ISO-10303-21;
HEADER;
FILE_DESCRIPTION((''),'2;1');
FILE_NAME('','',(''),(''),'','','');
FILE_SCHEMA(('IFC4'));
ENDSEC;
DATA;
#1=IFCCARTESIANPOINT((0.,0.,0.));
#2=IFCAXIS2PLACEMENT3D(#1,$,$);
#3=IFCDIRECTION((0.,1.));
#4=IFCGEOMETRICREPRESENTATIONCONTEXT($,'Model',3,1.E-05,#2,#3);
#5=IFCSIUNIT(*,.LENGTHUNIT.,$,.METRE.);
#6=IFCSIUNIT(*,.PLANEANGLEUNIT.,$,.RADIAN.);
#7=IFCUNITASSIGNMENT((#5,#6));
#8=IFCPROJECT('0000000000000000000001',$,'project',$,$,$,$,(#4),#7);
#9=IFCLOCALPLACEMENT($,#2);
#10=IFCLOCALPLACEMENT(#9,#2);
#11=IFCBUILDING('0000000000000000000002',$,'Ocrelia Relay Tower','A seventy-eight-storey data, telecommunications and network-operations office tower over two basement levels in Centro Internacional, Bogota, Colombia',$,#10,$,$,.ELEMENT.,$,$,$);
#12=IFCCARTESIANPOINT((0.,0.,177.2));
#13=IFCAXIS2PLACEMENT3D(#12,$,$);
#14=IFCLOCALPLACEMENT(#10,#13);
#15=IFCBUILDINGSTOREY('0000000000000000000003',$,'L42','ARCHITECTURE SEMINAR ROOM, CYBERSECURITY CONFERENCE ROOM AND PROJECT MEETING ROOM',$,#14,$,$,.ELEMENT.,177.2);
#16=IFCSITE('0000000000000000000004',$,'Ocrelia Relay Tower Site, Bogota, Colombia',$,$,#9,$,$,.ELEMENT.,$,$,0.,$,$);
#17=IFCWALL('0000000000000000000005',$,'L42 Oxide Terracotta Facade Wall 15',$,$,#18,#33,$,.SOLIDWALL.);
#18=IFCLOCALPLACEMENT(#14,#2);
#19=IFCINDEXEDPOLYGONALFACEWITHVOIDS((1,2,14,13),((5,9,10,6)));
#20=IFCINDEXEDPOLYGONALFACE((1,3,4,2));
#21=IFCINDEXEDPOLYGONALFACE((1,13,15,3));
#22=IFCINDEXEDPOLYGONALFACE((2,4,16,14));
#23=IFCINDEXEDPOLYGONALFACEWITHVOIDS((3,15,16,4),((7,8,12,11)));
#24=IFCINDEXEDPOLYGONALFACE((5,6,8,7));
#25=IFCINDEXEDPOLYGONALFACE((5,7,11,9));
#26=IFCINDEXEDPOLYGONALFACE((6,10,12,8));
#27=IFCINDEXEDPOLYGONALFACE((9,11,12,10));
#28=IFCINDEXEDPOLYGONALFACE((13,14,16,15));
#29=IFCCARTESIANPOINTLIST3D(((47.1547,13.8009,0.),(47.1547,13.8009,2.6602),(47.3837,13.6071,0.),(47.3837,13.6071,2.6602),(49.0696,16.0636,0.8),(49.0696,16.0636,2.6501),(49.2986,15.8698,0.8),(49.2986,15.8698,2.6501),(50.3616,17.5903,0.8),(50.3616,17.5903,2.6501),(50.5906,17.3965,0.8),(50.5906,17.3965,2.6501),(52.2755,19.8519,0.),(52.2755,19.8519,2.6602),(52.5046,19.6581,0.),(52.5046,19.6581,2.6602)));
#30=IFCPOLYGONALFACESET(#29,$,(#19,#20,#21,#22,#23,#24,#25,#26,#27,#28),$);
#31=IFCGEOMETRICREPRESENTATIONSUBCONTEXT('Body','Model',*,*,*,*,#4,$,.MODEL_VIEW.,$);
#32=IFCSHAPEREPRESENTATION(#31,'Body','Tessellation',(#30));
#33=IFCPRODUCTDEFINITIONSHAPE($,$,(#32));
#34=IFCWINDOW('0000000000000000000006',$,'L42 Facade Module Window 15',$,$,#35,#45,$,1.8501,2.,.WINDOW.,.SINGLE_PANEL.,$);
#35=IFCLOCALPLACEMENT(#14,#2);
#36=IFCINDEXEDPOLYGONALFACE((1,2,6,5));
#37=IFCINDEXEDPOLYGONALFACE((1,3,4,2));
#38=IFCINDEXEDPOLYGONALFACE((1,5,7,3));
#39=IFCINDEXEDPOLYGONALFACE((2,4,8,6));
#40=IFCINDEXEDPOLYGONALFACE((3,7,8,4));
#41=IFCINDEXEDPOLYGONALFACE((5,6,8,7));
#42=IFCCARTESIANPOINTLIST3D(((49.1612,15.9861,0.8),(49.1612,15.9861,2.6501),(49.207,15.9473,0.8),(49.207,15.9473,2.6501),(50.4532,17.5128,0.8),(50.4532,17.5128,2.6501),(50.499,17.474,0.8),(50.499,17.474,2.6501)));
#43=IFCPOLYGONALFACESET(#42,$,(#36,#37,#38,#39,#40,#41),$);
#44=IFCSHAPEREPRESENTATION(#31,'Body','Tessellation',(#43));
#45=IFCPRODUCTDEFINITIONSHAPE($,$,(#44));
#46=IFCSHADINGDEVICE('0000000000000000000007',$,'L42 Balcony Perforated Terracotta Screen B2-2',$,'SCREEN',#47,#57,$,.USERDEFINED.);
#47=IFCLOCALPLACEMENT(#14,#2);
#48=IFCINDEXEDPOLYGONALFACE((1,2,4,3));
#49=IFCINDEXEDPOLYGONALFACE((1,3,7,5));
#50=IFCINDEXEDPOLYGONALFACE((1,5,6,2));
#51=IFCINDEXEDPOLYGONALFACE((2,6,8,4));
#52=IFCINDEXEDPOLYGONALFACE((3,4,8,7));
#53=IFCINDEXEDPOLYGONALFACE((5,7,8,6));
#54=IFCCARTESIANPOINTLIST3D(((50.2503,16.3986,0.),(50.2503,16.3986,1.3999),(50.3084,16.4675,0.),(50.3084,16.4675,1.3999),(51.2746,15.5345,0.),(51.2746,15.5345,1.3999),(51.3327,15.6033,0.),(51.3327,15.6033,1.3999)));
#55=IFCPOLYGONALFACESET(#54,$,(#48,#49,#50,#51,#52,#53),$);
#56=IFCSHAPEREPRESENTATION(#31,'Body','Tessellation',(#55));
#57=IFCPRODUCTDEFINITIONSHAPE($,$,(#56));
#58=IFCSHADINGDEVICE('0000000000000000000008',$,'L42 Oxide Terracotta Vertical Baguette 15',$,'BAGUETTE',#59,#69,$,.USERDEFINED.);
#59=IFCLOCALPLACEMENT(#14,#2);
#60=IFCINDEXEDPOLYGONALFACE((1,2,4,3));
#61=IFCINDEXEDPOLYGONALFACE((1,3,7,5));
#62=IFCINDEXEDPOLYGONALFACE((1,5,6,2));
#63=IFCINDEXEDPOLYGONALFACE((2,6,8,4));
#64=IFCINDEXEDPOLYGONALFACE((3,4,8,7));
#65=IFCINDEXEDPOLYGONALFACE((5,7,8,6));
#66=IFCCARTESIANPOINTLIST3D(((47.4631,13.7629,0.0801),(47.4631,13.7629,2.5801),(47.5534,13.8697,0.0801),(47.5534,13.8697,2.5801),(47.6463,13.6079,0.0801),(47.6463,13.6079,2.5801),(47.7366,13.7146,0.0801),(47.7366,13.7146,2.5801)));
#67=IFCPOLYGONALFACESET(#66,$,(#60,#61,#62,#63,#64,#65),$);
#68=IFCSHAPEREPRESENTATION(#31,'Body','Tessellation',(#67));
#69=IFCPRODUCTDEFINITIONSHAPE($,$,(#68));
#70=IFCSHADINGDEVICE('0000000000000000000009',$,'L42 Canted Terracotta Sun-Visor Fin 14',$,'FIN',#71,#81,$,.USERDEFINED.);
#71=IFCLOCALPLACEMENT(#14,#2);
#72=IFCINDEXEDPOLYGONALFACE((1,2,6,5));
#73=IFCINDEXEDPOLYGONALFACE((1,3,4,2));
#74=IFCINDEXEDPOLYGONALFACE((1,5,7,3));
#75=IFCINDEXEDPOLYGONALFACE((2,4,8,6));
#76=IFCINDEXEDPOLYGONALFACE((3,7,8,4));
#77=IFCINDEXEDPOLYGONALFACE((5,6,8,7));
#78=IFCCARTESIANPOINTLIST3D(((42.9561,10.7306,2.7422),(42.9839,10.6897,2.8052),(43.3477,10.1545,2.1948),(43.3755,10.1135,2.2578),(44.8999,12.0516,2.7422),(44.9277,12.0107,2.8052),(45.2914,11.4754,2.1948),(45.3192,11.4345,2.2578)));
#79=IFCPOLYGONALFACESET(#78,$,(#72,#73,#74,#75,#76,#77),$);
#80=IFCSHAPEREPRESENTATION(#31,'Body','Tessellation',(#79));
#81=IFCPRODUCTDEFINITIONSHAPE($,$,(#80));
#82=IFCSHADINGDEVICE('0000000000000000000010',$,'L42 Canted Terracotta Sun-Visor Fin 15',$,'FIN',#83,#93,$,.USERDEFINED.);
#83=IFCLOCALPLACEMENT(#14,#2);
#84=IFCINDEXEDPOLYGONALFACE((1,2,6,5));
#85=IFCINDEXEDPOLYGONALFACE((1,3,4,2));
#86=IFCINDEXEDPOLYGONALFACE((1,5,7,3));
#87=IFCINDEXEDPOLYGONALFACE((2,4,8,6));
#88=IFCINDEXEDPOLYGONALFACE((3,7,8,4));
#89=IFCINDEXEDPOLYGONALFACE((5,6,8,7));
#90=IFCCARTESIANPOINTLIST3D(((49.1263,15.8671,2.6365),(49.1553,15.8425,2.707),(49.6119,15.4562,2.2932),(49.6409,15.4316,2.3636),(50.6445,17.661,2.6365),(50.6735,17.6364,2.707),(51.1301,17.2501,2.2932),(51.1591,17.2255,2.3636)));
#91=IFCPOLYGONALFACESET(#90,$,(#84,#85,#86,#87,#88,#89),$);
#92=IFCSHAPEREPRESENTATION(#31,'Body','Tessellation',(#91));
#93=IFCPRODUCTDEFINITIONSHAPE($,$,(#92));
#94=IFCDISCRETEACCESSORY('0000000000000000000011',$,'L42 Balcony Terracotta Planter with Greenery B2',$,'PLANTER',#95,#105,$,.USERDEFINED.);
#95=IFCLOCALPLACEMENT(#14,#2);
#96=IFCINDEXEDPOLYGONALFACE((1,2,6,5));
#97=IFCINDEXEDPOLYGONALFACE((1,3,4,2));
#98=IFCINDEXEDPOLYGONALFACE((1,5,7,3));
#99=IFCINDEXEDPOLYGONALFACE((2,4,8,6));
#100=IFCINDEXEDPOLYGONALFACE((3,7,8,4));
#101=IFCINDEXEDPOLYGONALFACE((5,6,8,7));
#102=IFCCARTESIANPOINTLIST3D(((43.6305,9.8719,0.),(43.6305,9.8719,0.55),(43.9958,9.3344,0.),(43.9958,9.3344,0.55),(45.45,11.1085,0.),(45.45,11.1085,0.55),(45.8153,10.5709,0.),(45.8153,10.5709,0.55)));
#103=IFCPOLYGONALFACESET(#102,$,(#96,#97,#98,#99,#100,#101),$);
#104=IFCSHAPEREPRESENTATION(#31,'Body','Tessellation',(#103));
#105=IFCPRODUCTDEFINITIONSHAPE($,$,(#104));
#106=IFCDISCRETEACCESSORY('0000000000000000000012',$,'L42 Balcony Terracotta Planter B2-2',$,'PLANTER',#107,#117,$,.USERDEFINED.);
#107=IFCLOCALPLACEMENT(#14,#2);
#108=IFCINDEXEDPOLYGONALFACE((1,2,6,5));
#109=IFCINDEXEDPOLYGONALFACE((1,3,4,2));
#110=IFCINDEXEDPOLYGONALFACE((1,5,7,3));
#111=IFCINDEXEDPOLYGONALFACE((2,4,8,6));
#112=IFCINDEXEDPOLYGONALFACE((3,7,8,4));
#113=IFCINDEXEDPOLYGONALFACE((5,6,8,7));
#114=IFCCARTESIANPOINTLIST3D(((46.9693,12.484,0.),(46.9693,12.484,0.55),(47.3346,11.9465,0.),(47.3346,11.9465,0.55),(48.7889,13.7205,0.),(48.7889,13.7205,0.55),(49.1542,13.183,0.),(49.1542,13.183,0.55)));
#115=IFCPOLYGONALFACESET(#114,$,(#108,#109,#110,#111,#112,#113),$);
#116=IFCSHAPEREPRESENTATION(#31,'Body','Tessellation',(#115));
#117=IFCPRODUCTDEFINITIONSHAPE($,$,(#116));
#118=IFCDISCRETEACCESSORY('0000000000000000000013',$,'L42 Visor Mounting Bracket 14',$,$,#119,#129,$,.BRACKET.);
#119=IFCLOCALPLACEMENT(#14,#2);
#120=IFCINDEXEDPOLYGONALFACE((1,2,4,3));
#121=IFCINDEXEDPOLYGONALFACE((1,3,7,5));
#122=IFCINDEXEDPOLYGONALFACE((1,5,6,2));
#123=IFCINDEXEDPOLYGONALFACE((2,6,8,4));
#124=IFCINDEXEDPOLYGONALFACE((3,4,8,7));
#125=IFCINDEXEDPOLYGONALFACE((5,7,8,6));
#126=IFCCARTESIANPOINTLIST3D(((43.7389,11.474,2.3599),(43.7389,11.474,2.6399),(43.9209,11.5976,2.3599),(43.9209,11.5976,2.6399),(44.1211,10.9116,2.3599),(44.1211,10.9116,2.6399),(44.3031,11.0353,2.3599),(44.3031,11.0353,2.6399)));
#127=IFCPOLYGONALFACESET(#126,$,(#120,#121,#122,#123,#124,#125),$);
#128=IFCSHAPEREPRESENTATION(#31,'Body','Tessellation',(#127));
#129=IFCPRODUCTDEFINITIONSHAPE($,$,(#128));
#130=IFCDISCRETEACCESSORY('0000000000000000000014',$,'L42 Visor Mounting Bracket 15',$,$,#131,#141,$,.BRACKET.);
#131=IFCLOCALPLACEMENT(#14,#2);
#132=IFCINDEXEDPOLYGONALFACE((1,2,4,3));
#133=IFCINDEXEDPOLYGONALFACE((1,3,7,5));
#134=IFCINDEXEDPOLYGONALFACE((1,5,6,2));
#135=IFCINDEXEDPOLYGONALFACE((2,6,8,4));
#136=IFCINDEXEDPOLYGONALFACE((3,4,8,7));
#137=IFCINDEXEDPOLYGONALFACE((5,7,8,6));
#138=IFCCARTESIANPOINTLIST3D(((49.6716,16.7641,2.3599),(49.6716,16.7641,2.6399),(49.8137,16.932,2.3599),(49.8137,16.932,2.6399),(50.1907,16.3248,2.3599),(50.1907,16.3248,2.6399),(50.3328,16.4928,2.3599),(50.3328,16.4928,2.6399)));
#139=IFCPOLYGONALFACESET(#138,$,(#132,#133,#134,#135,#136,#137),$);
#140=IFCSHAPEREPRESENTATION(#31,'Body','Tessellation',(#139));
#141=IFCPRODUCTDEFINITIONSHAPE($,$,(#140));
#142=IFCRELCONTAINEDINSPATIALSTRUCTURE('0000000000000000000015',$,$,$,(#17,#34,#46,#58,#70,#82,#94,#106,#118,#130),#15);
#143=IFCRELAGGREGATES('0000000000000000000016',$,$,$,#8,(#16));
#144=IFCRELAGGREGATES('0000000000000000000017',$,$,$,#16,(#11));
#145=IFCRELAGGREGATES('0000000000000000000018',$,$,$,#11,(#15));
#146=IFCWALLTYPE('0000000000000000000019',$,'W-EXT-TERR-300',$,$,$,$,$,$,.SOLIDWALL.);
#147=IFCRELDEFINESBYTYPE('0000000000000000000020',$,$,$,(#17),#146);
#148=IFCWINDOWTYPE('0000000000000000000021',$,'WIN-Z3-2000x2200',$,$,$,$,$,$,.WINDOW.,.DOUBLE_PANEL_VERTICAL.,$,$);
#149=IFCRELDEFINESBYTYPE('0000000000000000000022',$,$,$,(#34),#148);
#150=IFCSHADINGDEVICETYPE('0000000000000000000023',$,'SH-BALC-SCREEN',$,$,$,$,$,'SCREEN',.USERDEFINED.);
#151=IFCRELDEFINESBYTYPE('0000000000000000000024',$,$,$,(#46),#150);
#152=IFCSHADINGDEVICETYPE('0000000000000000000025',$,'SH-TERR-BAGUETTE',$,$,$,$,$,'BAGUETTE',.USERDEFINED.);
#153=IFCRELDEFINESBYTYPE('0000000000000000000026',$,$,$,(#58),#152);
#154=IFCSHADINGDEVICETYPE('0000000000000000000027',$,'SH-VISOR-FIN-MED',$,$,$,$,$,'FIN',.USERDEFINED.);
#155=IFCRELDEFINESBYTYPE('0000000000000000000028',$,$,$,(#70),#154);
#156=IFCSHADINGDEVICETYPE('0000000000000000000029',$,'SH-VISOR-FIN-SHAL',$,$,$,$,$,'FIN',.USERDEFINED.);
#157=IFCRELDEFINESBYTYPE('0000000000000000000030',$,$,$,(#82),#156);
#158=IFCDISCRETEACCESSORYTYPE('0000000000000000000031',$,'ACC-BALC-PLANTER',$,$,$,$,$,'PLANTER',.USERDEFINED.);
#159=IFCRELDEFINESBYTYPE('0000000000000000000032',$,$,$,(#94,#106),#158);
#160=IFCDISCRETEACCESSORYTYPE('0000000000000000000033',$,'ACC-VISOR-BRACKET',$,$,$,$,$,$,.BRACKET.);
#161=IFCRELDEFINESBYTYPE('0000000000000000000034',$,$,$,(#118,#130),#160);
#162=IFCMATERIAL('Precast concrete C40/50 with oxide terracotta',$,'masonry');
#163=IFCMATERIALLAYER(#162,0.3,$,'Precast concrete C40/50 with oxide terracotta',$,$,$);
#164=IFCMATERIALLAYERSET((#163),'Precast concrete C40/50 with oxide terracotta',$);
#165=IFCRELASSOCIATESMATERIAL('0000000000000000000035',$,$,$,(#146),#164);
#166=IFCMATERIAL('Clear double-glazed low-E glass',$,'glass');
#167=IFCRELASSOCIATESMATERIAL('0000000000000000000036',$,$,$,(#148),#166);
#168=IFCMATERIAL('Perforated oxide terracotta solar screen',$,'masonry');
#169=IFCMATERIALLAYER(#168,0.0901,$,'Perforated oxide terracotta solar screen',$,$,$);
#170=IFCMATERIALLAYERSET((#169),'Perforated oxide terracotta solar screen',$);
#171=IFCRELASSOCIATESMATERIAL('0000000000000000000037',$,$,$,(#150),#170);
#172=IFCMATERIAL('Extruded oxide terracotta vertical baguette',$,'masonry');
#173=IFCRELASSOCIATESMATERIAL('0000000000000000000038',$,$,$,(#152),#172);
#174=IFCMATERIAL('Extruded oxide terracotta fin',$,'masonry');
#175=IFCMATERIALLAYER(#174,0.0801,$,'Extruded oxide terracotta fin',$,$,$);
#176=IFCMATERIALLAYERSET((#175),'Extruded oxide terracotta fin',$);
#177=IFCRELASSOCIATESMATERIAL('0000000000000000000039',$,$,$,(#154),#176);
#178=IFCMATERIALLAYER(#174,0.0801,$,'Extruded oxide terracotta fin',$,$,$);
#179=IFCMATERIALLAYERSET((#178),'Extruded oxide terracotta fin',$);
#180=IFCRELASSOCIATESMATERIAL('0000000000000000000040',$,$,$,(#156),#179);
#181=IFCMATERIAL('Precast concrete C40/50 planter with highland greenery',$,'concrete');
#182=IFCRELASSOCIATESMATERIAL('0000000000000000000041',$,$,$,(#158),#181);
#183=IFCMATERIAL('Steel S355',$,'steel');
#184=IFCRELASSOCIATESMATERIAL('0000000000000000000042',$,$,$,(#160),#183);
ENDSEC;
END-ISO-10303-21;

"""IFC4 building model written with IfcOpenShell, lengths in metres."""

from ifc_helpers import new_model, si_unit, direction, frame, frame_2d, origin, origin_2d, place, context, subcontext, project, spatial, rectangle, extrude, material, layer, layer_set, type_object, element, fill, save


model = new_model("IFC4")

# Units and contexts
model_context = context("Model", 3, precision=1e-05, world=origin(), true_north=direction((0.0, 1.0)))
body_context = subcontext(model_context, "Body", "Model", "MODEL_VIEW")
ifc_project = project(units=[si_unit("LENGTHUNIT", "METRE"), si_unit("PLANEANGLEUNIT", "RADIAN")], contexts=[model_context])

# Site, building, storey
site_placement = place(None, origin())
site = spatial("IfcSite", under=ifc_project, at=site_placement, Name="Ocrelia Relay Tower Site, Bogota, Colombia", CompositionType="ELEMENT", RefElevation=0.0)
building_placement = place(site_placement, origin())
building = spatial("IfcBuilding", under=site, at=building_placement, Name="Ocrelia Relay Tower", Description="A seventy-eight-storey data, telecommunications and network-operations office tower over two basement levels in Centro Internacional, Bogota, Colombia", CompositionType="ELEMENT")
storey_placement = place(building_placement, frame((0.0, 0.0, 177.2)))
storey = spatial("IfcBuildingStorey", under=building, at=storey_placement, Name="L42", Description="ARCHITECTURE SEMINAR ROOM, CYBERSECURITY CONFERENCE ROOM AND PROJECT MEETING ROOM", CompositionType="ELEMENT", Elevation=177.2)

# Shared definitions
ifc_material_1 = material(Name="Steel S355", Category="steel")

# Wall, opening, window
ifc_material_2 = material(Name="Precast concrete C40/50 with oxide terracotta", Category="masonry")
ifc_layer_1 = layer(ifc_material_2, 0.3, Name="Precast concrete C40/50 with oxide terracotta")
ifc_layer_set_1 = layer_set([ifc_layer_1], Name="Precast concrete C40/50 with oxide terracotta")
wall_type = type_object("IfcWallType", Name="W-EXT-TERR-300", PredefinedType="SOLIDWALL", material=ifc_layer_set_1)
wall_placement = place(storey_placement, frame((47.2693, 13.7041, 0.0), z_axis=(0.0, 0.0, 1.0), x_axis=(0.645997, 0.76334, 0.0)))
wall = element("IfcWall", 1, at=wall_placement, inside=storey, type_object=wall_type, Name="L42 Oxide Terracotta Facade Wall 15", PredefinedType="SOLIDWALL", context=body_context, shape_type="SweptSolid", body=[
    extrude(rectangle(XDim=7.927, YDim=0.3, at=frame_2d((3.9634, 0.0))), origin(), (0.0, 0.0, 1.0), 2.6602),
])
opening_placement = place(wall_placement, frame((2.9641, 0.0, 0.8)))
opening = element("IfcOpeningElement", 2, at=opening_placement, cuts=wall, PredefinedType="OPENING", context=body_context, shape_type="SweptSolid", body=[
    extrude(rectangle(XDim=2.0, YDim=1.8501, at=frame_2d((1.0, 0.925))), frame((0.0, 0.1602, 0.0), z_axis=(0.0, -1.0, 0.0), x_axis=(1.0, 0.0, 0.0)), (0.0, 0.0, 1.0), 0.3201),
])
ifc_material_3 = material(Name="Clear double-glazed low-E glass", Category="glass")
window_type = type_object("IfcWindowType", Name="WIN-Z3-2000x2200", PartitioningType="DOUBLE_PANEL_VERTICAL", PredefinedType="WINDOW", material=ifc_material_3)
window_placement = place(opening_placement, origin())
window = element("IfcWindow", 3, at=window_placement, inside=storey, type_object=window_type, Name="L42 Facade Module Window 15", OverallHeight=1.8501, OverallWidth=2.0, PartitioningType="SINGLE_PANEL", PredefinedType="WINDOW", context=body_context, shape_type="SweptSolid", body=[
    extrude(rectangle(XDim=2.0, YDim=1.8501, at=frame_2d((1.0, 0.925))), frame((0.0, 0.03, 0.0), z_axis=(0.0, -1.0, 0.0), x_axis=(1.0, 0.0, 0.0)), (0.0, 0.0, 1.0), 0.0601),
])
fill(opening, window)

# Shading devices
ifc_material_4 = material(Name="Perforated oxide terracotta solar screen", Category="masonry")
ifc_layer_2 = layer(ifc_material_4, 0.0901, Name="Perforated oxide terracotta solar screen")
ifc_layer_set_2 = layer_set([ifc_layer_2], Name="Perforated oxide terracotta solar screen")
shading_device_type_1 = type_object("IfcShadingDeviceType", Name="SH-BALC-SCREEN", ElementType="SCREEN", PredefinedType="USERDEFINED", material=ifc_layer_set_2)
shading_device_1_placement = place(storey_placement, frame((50.7915, 16.001, 0.0), z_axis=(0.0, 0.0, 1.0), x_axis=(0.764289, -0.644874, 0.0)))
element("IfcShadingDevice", 4, at=shading_device_1_placement, inside=storey, type_object=shading_device_type_1, Name="L42 Balcony Perforated Terracotta Screen B2-2", ObjectType="SCREEN", PredefinedType="USERDEFINED", context=body_context, shape_type="SweptSolid", body=[
    extrude(rectangle(XDim=1.3401, YDim=0.0901, at=origin_2d()), origin(), (0.0, 0.0, 1.0), 1.3999),
])
ifc_material_5 = material(Name="Extruded oxide terracotta vertical baguette", Category="masonry")
shading_device_type_2 = type_object("IfcShadingDeviceType", Name="SH-TERR-BAGUETTE", ElementType="BAGUETTE", PredefinedType="USERDEFINED", material=ifc_material_5)
shading_device_2_placement = place(storey_placement, frame((47.5999, 13.7388, 0.0801), z_axis=(0.0, 0.0, 1.0), x_axis=(0.64601, 0.763329, 0.0)))
element("IfcShadingDevice", 5, at=shading_device_2_placement, inside=storey, type_object=shading_device_type_2, Name="L42 Oxide Terracotta Vertical Baguette 15", ObjectType="BAGUETTE", PredefinedType="USERDEFINED", context=body_context, shape_type="SweptSolid", body=[
    extrude(rectangle(XDim=0.1399, YDim=0.24, at=origin_2d()), origin(), (0.0, 0.0, 1.0), 2.5),
])
ifc_material_6 = material(Name="Extruded oxide terracotta fin", Category="masonry")
ifc_layer_3 = layer(ifc_material_6, 0.0801, Name="Extruded oxide terracotta fin")
ifc_layer_set_3 = layer_set([ifc_layer_3], Name="Extruded oxide terracotta fin")
shading_device_type_3 = type_object("IfcShadingDeviceType", Name="SH-VISOR-FIN-MED", ElementType="FIN", PredefinedType="USERDEFINED", material=ifc_layer_set_3)
shading_device_3_placement = place(storey_placement, frame((44.1238, 11.103, 2.4685), z_axis=(0.347287, -0.511021, 0.786288), x_axis=(0.827082, 0.562081, 0.0)))
element("IfcShadingDevice", 6, at=shading_device_3_placement, inside=storey, type_object=shading_device_type_3, Name="L42 Canted Terracotta Sun-Visor Fin 14", ObjectType="FIN", PredefinedType="USERDEFINED", context=body_context, shape_type="SweptSolid", body=[
    extrude(rectangle(XDim=2.3501, YDim=0.886, at=origin_2d()), origin(), (0.0, 0.0, 1.0), 0.0801),
])
ifc_layer_4 = layer(ifc_material_6, 0.0801, Name="Extruded oxide terracotta fin")
ifc_layer_set_4 = layer_set([ifc_layer_4], Name="Extruded oxide terracotta fin")
shading_device_type_4 = type_object("IfcShadingDeviceType", Name="SH-VISOR-FIN-SHAL", ElementType="FIN", PredefinedType="USERDEFINED", material=ifc_layer_set_4)
shading_device_4_placement = place(storey_placement, frame((50.1282, 16.5586, 2.4648), z_axis=(0.362589, -0.306861, 0.87998), x_axis=(0.64601, 0.763329, 0.0)))
element("IfcShadingDevice", 7, at=shading_device_4_placement, inside=storey, type_object=shading_device_type_4, Name="L42 Canted Terracotta Sun-Visor Fin 15", ObjectType="FIN", PredefinedType="USERDEFINED", context=body_context, shape_type="SweptSolid", body=[
    extrude(rectangle(XDim=2.3501, YDim=0.7229, at=origin_2d()), origin(), (0.0, 0.0, 1.0), 0.0801),
])

# Discrete accessories
ifc_material_7 = material(Name="Precast concrete C40/50 planter with highland greenery", Category="concrete")
discrete_accessory_type_1 = type_object("IfcDiscreteAccessoryType", Name="ACC-BALC-PLANTER", ElementType="PLANTER", PredefinedType="USERDEFINED", material=ifc_material_7)
for number, where, z_axis, x_axis, name in (
    (8, (44.7229, 10.2214, 0.0), (0.0, 0.0, 1.0), (-0.827082, -0.562081, 0.0), "L42 Balcony Terracotta Planter with Greenery B2"),
    (9, (48.0618, 12.8335, 0.0), (0.0, 0.0, 1.0), (-0.827082, -0.562081, 0.0), "L42 Balcony Terracotta Planter B2-2"),
):
    element("IfcDiscreteAccessory", number, at=place(storey_placement, frame(where, z_axis=z_axis, x_axis=x_axis)), inside=storey, type_object=discrete_accessory_type_1, Name=name, ObjectType="PLANTER", PredefinedType="USERDEFINED", context=body_context, shape_type="SweptSolid", body=[
        extrude(rectangle(XDim=2.2, YDim=0.6499, at=origin_2d()), origin(), (0.0, 0.0, 1.0), 0.55),
    ])
discrete_accessory_type_2 = type_object("IfcDiscreteAccessoryType", Name="ACC-VISOR-BRACKET", PredefinedType="BRACKET", material=ifc_material_1)
for number, where, z_axis, x_axis, name in (
    (10, (44.021, 11.2546, 2.3599), (0.0, 0.0, 1.0), (0.827082, 0.562081, 0.0), "L42 Visor Mounting Bracket 14"),
    (11, (50.0022, 16.6284, 2.3599), (0.0, 0.0, 1.0), (0.64601, 0.763329, 0.0), "L42 Visor Mounting Bracket 15"),
):
    element("IfcDiscreteAccessory", number, at=place(storey_placement, frame(where, z_axis=z_axis, x_axis=x_axis)), inside=storey, type_object=discrete_accessory_type_2, Name=name, PredefinedType="BRACKET", context=body_context, shape_type="SweptSolid", body=[
        extrude(rectangle(XDim=0.22, YDim=0.6799, at=origin_2d()), origin(), (0.0, 0.0, 1.0), 0.28),
    ])

save(model, "model.ifc")
